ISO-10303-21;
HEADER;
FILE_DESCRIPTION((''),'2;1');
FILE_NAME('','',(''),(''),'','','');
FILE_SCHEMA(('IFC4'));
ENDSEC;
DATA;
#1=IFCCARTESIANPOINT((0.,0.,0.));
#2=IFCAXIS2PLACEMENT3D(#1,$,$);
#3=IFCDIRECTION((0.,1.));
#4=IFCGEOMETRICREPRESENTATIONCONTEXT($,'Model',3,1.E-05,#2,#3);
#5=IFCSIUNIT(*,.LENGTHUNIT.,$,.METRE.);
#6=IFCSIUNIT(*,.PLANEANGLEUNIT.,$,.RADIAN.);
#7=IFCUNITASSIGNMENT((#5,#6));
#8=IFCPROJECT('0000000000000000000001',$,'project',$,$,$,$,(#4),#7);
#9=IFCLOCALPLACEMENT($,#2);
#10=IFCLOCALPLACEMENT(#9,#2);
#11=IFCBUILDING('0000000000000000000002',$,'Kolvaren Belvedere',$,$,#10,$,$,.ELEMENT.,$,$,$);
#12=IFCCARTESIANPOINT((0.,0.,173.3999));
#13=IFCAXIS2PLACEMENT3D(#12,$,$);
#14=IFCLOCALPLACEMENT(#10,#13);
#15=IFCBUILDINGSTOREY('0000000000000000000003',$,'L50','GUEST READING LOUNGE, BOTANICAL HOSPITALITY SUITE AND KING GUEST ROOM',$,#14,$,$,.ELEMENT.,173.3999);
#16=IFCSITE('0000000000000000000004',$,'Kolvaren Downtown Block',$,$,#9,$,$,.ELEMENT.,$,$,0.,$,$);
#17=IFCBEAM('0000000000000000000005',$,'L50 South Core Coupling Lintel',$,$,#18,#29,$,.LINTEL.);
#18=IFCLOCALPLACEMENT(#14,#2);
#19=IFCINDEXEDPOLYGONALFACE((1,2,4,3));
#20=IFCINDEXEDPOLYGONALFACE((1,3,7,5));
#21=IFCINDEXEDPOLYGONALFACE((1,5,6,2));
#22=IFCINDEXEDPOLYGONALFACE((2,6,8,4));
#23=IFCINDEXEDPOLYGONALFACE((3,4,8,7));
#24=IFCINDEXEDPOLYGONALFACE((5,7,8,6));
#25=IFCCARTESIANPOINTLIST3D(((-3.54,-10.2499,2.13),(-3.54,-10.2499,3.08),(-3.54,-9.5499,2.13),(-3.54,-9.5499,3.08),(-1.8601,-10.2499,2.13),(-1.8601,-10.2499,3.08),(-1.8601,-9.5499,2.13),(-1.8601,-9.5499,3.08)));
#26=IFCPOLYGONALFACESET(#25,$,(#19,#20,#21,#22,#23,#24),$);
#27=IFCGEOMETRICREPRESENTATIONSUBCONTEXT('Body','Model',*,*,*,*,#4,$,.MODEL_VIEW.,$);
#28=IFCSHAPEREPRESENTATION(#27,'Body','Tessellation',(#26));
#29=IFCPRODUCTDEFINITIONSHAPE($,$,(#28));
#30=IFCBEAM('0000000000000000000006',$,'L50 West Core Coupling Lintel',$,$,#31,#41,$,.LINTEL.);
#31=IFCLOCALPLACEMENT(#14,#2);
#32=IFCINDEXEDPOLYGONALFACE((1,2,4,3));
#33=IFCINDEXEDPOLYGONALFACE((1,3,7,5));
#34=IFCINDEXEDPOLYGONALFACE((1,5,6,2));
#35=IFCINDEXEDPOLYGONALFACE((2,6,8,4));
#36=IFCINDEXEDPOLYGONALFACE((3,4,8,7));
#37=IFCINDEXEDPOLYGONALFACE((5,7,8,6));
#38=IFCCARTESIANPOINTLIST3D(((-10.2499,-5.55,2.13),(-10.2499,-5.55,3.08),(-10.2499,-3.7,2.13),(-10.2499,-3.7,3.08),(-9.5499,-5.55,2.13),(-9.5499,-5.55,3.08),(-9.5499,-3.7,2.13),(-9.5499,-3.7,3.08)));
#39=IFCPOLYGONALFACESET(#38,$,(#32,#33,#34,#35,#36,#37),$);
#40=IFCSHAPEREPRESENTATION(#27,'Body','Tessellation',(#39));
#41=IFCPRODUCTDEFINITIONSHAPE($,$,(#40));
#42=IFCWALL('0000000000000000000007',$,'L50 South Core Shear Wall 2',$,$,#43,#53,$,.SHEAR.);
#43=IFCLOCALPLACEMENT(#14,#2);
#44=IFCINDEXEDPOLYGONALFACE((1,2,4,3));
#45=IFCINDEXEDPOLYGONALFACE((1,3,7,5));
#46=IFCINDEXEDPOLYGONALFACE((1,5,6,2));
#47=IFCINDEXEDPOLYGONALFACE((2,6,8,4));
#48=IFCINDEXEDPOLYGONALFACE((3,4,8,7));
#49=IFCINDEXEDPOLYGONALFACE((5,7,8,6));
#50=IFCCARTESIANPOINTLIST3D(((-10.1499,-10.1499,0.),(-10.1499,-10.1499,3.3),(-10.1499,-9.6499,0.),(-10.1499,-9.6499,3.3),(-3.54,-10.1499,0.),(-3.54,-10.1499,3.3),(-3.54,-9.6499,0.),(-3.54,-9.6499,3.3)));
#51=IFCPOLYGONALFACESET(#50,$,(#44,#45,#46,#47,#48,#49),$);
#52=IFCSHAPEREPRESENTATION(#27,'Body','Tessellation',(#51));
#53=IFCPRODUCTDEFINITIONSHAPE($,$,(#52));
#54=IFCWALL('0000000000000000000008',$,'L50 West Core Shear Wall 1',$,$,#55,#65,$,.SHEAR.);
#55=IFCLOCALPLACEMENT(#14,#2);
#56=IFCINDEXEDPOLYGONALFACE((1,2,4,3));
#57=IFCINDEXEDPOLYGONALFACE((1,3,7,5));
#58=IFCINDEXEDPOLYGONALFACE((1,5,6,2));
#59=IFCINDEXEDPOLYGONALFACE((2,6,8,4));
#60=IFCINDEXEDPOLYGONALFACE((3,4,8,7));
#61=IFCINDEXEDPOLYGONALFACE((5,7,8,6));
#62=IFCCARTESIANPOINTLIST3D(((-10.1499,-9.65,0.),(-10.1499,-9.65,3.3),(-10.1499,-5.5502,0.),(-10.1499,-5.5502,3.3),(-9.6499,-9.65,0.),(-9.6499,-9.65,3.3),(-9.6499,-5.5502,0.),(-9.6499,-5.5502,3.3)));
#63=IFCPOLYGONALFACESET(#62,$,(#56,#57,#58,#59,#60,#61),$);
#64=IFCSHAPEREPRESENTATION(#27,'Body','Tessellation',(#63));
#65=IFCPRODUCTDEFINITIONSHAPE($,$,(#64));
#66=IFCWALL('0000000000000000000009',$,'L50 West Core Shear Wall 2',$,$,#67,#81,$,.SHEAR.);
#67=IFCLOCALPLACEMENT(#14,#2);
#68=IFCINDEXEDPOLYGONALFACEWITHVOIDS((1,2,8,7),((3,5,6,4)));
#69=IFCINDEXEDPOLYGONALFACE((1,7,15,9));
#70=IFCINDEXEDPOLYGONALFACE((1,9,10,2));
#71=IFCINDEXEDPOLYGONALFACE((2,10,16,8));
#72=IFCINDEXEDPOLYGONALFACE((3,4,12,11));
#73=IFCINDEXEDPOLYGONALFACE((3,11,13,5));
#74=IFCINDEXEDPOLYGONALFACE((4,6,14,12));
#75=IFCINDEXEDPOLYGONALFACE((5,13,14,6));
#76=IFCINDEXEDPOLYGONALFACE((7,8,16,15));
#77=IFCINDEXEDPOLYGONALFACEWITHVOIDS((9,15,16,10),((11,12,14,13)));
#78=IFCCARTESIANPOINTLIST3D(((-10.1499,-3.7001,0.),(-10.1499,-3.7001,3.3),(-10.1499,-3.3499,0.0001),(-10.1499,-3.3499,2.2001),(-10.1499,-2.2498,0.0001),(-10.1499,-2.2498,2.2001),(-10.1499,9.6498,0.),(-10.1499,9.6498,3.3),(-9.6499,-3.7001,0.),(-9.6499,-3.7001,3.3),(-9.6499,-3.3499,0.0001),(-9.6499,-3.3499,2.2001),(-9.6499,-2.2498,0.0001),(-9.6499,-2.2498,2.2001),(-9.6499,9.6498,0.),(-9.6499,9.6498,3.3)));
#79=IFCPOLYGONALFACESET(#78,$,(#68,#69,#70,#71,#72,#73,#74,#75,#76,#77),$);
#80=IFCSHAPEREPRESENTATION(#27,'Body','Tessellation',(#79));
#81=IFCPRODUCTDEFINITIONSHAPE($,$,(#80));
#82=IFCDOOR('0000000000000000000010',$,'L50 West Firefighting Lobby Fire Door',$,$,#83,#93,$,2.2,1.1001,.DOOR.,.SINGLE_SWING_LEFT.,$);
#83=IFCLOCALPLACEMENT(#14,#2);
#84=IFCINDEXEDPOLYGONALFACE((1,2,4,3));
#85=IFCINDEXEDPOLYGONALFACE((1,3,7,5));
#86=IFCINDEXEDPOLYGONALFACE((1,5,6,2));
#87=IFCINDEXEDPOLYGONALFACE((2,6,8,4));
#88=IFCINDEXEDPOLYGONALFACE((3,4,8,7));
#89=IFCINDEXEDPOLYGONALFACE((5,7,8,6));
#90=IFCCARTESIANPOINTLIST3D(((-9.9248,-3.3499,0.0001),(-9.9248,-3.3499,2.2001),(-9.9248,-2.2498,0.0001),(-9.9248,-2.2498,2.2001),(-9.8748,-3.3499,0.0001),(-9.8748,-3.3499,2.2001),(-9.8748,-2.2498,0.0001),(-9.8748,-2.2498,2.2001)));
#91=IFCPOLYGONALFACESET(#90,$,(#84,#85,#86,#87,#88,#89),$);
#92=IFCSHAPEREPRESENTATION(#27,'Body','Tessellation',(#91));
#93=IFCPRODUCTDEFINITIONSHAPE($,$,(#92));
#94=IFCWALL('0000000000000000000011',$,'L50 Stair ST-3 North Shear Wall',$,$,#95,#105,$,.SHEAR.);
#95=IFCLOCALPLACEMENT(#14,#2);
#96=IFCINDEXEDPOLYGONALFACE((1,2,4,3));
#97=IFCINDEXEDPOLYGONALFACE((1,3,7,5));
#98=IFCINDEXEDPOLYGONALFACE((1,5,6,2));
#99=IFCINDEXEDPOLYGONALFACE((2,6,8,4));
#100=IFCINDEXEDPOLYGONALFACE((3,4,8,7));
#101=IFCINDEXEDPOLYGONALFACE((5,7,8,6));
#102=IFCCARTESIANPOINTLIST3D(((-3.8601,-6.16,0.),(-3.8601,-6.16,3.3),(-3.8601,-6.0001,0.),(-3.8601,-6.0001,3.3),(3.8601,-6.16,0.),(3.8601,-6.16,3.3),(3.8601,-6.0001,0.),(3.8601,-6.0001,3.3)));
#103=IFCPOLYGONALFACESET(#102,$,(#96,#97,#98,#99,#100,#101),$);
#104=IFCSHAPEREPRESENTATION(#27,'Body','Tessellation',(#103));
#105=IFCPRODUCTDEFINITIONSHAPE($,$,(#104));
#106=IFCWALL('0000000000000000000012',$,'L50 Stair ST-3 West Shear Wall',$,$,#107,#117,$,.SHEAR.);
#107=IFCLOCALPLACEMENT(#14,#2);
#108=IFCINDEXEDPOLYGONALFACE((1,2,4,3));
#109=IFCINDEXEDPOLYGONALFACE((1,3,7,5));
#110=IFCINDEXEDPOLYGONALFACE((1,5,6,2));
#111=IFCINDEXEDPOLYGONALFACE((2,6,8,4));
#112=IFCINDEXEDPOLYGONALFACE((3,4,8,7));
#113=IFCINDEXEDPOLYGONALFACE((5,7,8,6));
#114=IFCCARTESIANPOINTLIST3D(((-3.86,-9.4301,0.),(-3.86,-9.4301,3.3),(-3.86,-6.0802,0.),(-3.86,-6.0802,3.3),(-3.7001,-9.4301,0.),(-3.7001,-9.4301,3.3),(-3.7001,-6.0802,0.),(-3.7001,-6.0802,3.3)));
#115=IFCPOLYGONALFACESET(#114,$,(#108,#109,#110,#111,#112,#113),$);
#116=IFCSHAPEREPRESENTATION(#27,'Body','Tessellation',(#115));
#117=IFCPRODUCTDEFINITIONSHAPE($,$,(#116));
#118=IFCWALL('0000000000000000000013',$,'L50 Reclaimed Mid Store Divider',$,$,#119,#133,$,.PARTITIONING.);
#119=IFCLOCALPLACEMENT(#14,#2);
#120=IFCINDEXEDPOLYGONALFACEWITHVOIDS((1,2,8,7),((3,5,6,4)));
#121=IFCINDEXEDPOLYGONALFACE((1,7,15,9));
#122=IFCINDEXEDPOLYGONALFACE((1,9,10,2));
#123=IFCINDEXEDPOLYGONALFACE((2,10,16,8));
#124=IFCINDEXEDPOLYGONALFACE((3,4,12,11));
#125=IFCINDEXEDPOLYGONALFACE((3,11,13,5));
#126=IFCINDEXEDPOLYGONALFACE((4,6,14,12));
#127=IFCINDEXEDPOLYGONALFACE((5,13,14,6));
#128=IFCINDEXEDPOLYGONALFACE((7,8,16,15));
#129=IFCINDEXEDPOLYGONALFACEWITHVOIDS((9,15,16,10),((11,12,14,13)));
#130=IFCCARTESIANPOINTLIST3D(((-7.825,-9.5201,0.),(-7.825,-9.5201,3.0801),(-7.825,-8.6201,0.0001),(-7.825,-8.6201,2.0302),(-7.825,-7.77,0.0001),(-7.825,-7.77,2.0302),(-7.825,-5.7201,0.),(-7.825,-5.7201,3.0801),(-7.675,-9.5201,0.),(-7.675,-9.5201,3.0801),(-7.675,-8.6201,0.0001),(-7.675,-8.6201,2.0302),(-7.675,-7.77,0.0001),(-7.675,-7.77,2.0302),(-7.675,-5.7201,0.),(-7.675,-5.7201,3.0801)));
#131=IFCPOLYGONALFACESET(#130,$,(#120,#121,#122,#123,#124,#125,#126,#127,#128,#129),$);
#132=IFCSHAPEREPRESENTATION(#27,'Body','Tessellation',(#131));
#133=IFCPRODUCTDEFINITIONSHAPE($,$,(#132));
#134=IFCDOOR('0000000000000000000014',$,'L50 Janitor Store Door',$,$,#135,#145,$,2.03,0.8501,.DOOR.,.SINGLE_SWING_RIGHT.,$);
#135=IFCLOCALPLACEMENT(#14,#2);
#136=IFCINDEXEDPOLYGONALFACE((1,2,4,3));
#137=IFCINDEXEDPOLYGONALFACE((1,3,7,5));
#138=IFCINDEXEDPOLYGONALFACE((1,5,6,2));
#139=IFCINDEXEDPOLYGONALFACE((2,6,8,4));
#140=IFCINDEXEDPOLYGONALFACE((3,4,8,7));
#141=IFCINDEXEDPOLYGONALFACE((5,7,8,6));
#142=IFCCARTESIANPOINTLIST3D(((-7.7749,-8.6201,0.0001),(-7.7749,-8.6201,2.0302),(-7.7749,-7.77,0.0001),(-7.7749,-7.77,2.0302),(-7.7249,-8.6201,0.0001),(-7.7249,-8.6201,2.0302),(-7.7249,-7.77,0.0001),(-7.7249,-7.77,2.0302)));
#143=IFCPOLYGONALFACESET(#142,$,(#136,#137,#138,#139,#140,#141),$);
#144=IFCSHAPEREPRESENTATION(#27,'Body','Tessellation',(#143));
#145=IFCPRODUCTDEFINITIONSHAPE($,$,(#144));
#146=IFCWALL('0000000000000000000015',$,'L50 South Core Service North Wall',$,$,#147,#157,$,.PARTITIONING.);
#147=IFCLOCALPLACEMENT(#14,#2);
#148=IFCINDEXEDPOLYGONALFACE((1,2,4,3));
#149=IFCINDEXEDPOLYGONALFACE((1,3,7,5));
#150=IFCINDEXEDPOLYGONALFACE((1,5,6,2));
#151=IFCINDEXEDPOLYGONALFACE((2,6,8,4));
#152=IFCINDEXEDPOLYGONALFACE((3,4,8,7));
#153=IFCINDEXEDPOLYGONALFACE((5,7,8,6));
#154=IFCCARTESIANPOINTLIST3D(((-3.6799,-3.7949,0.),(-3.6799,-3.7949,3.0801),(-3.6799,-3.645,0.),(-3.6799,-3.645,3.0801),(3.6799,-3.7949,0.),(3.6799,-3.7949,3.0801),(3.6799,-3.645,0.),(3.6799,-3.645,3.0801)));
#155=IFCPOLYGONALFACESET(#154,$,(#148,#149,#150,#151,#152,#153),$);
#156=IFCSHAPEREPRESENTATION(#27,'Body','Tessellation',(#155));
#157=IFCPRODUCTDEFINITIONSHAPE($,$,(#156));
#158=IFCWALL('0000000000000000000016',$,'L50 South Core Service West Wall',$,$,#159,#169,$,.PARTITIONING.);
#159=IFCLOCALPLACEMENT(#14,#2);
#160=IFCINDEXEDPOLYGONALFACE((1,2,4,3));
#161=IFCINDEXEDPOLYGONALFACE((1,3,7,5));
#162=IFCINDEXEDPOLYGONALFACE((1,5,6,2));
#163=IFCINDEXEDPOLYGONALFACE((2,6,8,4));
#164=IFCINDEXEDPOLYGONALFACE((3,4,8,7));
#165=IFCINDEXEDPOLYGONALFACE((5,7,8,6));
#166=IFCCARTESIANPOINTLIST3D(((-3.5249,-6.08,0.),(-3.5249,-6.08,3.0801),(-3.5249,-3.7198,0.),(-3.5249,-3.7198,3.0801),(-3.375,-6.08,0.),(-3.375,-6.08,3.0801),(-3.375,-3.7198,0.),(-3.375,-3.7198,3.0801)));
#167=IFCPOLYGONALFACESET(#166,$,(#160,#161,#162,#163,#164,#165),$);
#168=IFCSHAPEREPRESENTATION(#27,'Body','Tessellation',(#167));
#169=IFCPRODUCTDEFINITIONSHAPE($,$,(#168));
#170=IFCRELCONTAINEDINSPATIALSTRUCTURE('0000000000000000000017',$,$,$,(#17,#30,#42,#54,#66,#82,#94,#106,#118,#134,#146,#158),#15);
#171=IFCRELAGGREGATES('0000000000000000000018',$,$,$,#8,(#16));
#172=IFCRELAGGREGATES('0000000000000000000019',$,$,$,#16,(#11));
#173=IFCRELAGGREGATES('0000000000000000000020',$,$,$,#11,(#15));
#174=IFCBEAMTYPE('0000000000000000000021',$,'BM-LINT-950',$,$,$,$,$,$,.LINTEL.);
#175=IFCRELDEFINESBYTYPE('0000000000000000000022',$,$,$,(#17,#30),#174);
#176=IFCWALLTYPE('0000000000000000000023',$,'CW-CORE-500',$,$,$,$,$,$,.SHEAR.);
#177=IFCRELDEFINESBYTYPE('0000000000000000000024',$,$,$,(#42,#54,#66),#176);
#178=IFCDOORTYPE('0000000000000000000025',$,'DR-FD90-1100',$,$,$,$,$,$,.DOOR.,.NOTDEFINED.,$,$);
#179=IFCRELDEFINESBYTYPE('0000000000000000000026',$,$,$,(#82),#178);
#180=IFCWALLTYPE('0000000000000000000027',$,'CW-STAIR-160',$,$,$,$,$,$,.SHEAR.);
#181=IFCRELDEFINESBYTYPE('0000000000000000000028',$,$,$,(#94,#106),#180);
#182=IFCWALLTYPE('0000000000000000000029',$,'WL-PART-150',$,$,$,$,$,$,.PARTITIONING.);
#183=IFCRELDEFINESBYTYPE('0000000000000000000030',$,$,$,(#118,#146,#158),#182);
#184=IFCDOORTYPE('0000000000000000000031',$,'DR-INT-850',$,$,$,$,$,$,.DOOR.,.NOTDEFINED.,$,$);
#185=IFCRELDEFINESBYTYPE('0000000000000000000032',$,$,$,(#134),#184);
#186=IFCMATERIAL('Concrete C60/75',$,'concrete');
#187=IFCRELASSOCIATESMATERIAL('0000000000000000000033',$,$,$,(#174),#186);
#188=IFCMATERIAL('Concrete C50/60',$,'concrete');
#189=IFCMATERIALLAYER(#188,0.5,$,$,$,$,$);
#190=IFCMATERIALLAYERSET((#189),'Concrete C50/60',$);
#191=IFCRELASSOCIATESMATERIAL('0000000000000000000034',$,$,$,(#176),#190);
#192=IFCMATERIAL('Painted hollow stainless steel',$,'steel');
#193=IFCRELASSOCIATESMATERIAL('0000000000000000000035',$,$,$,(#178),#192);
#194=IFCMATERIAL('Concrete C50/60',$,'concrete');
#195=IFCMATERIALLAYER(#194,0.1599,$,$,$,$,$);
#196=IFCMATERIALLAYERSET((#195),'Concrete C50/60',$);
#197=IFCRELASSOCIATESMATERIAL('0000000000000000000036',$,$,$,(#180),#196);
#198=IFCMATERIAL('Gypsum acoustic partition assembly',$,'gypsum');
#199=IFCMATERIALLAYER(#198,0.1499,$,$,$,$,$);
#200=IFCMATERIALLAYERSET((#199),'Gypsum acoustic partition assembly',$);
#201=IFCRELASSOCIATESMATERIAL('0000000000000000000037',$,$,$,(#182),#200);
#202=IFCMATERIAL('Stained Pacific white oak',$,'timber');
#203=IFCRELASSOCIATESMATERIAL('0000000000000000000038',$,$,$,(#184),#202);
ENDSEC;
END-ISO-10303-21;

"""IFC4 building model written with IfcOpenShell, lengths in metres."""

from ifc_helpers import new_model, si_unit, direction, frame, frame_2d, origin, origin_2d, place, context, subcontext, project, spatial, rectangle, extrude, material, layer, layer_set, material_profile, profile_set, type_object, element, fill, save


model = new_model("IFC4")

# Units and contexts
model_context = context("Model", 3, precision=1e-05, world=origin(), true_north=direction((0.0, 1.0)))
body_context = subcontext(model_context, "Body", "Model", "MODEL_VIEW")
ifc_project = project(units=[si_unit("LENGTHUNIT", "METRE"), si_unit("PLANEANGLEUNIT", "RADIAN")], contexts=[model_context])

# Site, building, storey
site_placement = place(None, origin())
site = spatial("IfcSite", under=ifc_project, at=site_placement, Name="Kolvaren Downtown Block", CompositionType="ELEMENT", RefElevation=0.0)
building_placement = place(site_placement, origin())
building = spatial("IfcBuilding", under=site, at=building_placement, Name="Kolvaren Belvedere", CompositionType="ELEMENT")
storey_placement = place(building_placement, frame((0.0, 0.0, 173.3999)))
storey = spatial("IfcBuildingStorey", under=building, at=storey_placement, Name="L50", Description="GUEST READING LOUNGE, BOTANICAL HOSPITALITY SUITE AND KING GUEST ROOM", CompositionType="ELEMENT", Elevation=173.3999)

# Beams
ifc_material_1 = material(Name="Concrete C60/75", Category="concrete")
ifc_material_profile_1 = material_profile(ifc_material_1, rectangle(XDim=0.7, YDim=0.95, at=origin_2d()), Name="RC 700X950")
ifc_profile_set_1 = profile_set([ifc_material_profile_1], Name="Concrete C60/75")
beam_type_1 = type_object("IfcBeamType", Name="BM-LINT-950", PredefinedType="LINTEL", material=ifc_profile_set_1)
beam_1_placement = place(storey_placement, frame((-3.54, -9.8999, 2.605), z_axis=(1.0, 0.0, 0.0), x_axis=(0.0, 1.0, 0.0)))
element("IfcBeam", 1, at=beam_1_placement, inside=storey, type_object=beam_type_1, Name="L50 South Core Coupling Lintel", PredefinedType="LINTEL", context=body_context, shape_type="SweptSolid", body=[
    extrude(rectangle(XDim=0.7, YDim=0.95, at=origin_2d()), origin(), (0.0, 0.0, 1.0), 1.6799),
])
beam_2_placement = place(storey_placement, frame((-9.8999, -5.55, 2.605), z_axis=(0.0, 1.0, 0.0), x_axis=(-1.0, 0.0, 0.0)))
element("IfcBeam", 2, at=beam_2_placement, inside=storey, type_object=beam_type_1, Name="L50 West Core Coupling Lintel", PredefinedType="LINTEL", context=body_context, shape_type="SweptSolid", body=[
    extrude(rectangle(XDim=0.7, YDim=0.95, at=origin_2d()), origin(), (0.0, 0.0, 1.0), 1.8501),
])

# Walls
ifc_material_2 = material(Name="Concrete C50/60", Category="concrete")
ifc_layer_1 = layer(ifc_material_2, 0.5)
ifc_layer_set_1 = layer_set([ifc_layer_1], Name="Concrete C50/60")
wall_type_1 = type_object("IfcWallType", Name="CW-CORE-500", PredefinedType="SHEAR", material=ifc_layer_set_1)
wall_1_placement = place(storey_placement, frame((-3.54, -9.8999, 0.0), z_axis=(0.0, 0.0, 1.0), x_axis=(-1.0, 0.0, 0.0)))
element("IfcWall", 3, at=wall_1_placement, inside=storey, type_object=wall_type_1, Name="L50 South Core Shear Wall 2", PredefinedType="SHEAR", context=body_context, shape_type="SweptSolid", body=[
    extrude(rectangle(XDim=6.6099, YDim=0.5, at=frame_2d((3.3049, 0.0))), origin(), (0.0, 0.0, 1.0), 3.3),
])
wall_2_placement = place(storey_placement, frame((-9.8999, -9.6499, 0.0), z_axis=(0.0, 0.0, 1.0), x_axis=(0.0, 1.0, 0.0)))
element("IfcWall", 4, at=wall_2_placement, inside=storey, type_object=wall_type_1, Name="L50 West Core Shear Wall 1", PredefinedType="SHEAR", context=body_context, shape_type="SweptSolid", body=[
    extrude(rectangle(XDim=4.0999, YDim=0.5, at=frame_2d((2.0498, 0.0))), origin(), (0.0, 0.0, 1.0), 3.3),
])

# Wall, opening, door
wall_3_placement = place(storey_placement, frame((-9.8999, -3.7, 0.0), z_axis=(0.0, 0.0, 1.0), x_axis=(0.0, 1.0, 0.0)))
wall_3 = element("IfcWall", 5, at=wall_3_placement, inside=storey, type_object=wall_type_1, Name="L50 West Core Shear Wall 2", PredefinedType="SHEAR", context=body_context, shape_type="SweptSolid", body=[
    extrude(rectangle(XDim=13.3499, YDim=0.5, at=frame_2d((6.6748, 0.0))), origin(), (0.0, 0.0, 1.0), 3.3),
])
opening_1_placement = place(wall_3_placement, frame((0.3501, 0.0, 0.0)))
opening_1 = element("IfcOpeningElement", 6, at=opening_1_placement, cuts=wall_3, PredefinedType="OPENING", context=body_context, shape_type="SweptSolid", body=[
    extrude(rectangle(XDim=1.1001, YDim=2.2, at=frame_2d((0.55, 1.1001))), frame((0.0, 0.26, 0.0), z_axis=(0.0, -1.0, 0.0), x_axis=(1.0, 0.0, 0.0)), (0.0, 0.0, 1.0), 0.52),
])
ifc_material_3 = material(Name="Painted hollow stainless steel", Category="steel")
door_type_1 = type_object("IfcDoorType", Name="DR-FD90-1100", OperationType="NOTDEFINED", PredefinedType="DOOR", material=ifc_material_3)
door_1_placement = place(opening_1_placement, origin())
door_1 = element("IfcDoor", 7, at=door_1_placement, inside=storey, type_object=door_type_1, Name="L50 West Firefighting Lobby Fire Door", OperationType="SINGLE_SWING_LEFT", OverallHeight=2.2, OverallWidth=1.1001, PredefinedType="DOOR", context=body_context, shape_type="SweptSolid", body=[
    extrude(rectangle(XDim=1.1001, YDim=2.2, at=frame_2d((0.55, 1.1001))), frame((0.0, 0.0249, 0.0), z_axis=(0.0, -1.0, 0.0), x_axis=(1.0, 0.0, 0.0)), (0.0, 0.0, 1.0), 0.05),
])
fill(opening_1, door_1)

# Walls
ifc_material_4 = material(Name="Concrete C50/60", Category="concrete")
ifc_layer_2 = layer(ifc_material_4, 0.1599)
ifc_layer_set_2 = layer_set([ifc_layer_2], Name="Concrete C50/60")
wall_type_2 = type_object("IfcWallType", Name="CW-STAIR-160", PredefinedType="SHEAR", material=ifc_layer_set_2)
wall_4_placement = place(storey_placement, frame((-3.8601, -6.0801, 0.0), z_axis=(0.0, 0.0, 1.0), x_axis=(1.0, 0.0, 0.0)))
element("IfcWall", 8, at=wall_4_placement, inside=storey, type_object=wall_type_2, Name="L50 Stair ST-3 North Shear Wall", PredefinedType="SHEAR", context=body_context, shape_type="SweptSolid", body=[
    extrude(rectangle(XDim=7.7202, YDim=0.1599, at=frame_2d((3.8601, 0.0))), origin(), (0.0, 0.0, 1.0), 3.3),
])
wall_5_placement = place(storey_placement, frame((-3.78, -9.4299, 0.0), z_axis=(0.0, 0.0, 1.0), x_axis=(0.0, 1.0, 0.0)))
element("IfcWall", 9, at=wall_5_placement, inside=storey, type_object=wall_type_2, Name="L50 Stair ST-3 West Shear Wall", PredefinedType="SHEAR", context=body_context, shape_type="SweptSolid", body=[
    extrude(rectangle(XDim=3.3499, YDim=0.1599, at=frame_2d((1.6748, 0.0))), origin(), (0.0, 0.0, 1.0), 3.3),
])

# Wall, opening, door
ifc_material_5 = material(Name="Gypsum acoustic partition assembly", Category="gypsum")
ifc_layer_3 = layer(ifc_material_5, 0.1499)
ifc_layer_set_3 = layer_set([ifc_layer_3], Name="Gypsum acoustic partition assembly")
wall_type_3 = type_object("IfcWallType", Name="WL-PART-150", PredefinedType="PARTITIONING", material=ifc_layer_set_3)
wall_6_placement = place(storey_placement, frame((-7.75, -9.52, 0.0), z_axis=(0.0, 0.0, 1.0), x_axis=(0.0, 1.0, 0.0)))
wall_6 = element("IfcWall", 10, at=wall_6_placement, inside=storey, type_object=wall_type_3, Name="L50 Reclaimed Mid Store Divider", PredefinedType="PARTITIONING", context=body_context, shape_type="SweptSolid", body=[
    extrude(rectangle(XDim=3.8, YDim=0.1499, at=frame_2d((1.8999, 0.0))), origin(), (0.0, 0.0, 1.0), 3.0801),
])
opening_2_placement = place(wall_6_placement, frame((0.8999, 0.0, 0.0)))
opening_2 = element("IfcOpeningElement", 11, at=opening_2_placement, cuts=wall_6, PredefinedType="OPENING", context=body_context, shape_type="SweptSolid", body=[
    extrude(rectangle(XDim=0.8501, YDim=2.03, at=frame_2d((0.425, 1.0151))), frame((0.0, 0.085, 0.0), z_axis=(0.0, -1.0, 0.0), x_axis=(1.0, 0.0, 0.0)), (0.0, 0.0, 1.0), 0.1699),
])
ifc_material_6 = material(Name="Stained Pacific white oak", Category="timber")
door_type_2 = type_object("IfcDoorType", Name="DR-INT-850", OperationType="NOTDEFINED", PredefinedType="DOOR", material=ifc_material_6)
door_2_placement = place(opening_2_placement, origin())
door_2 = element("IfcDoor", 12, at=door_2_placement, inside=storey, type_object=door_type_2, Name="L50 Janitor Store Door", OperationType="SINGLE_SWING_RIGHT", OverallHeight=2.03, OverallWidth=0.8501, PredefinedType="DOOR", context=body_context, shape_type="SweptSolid", body=[
    extrude(rectangle(XDim=0.8501, YDim=2.03, at=frame_2d((0.425, 1.0151))), frame((0.0, 0.0249, 0.0), z_axis=(0.0, -1.0, 0.0), x_axis=(1.0, 0.0, 0.0)), (0.0, 0.0, 1.0), 0.05),
])
fill(opening_2, door_2)

# Walls
wall_7_placement = place(storey_placement, frame((-3.6799, -3.72, 0.0), z_axis=(0.0, 0.0, 1.0), x_axis=(1.0, 0.0, 0.0)))
element("IfcWall", 13, at=wall_7_placement, inside=storey, type_object=wall_type_3, Name="L50 South Core Service North Wall", PredefinedType="PARTITIONING", context=body_context, shape_type="SweptSolid", body=[
    extrude(rectangle(XDim=7.3599, YDim=0.1499, at=frame_2d((3.6799, 0.0))), origin(), (0.0, 0.0, 1.0), 3.0801),
])
wall_8_placement = place(storey_placement, frame((-3.45, -6.0801, 0.0), z_axis=(0.0, 0.0, 1.0), x_axis=(0.0, 1.0, 0.0)))
element("IfcWall", 14, at=wall_8_placement, inside=storey, type_object=wall_type_3, Name="L50 South Core Service West Wall", PredefinedType="PARTITIONING", context=body_context, shape_type="SweptSolid", body=[
    extrude(rectangle(XDim=2.3601, YDim=0.1499, at=frame_2d((1.1802, 0.0))), origin(), (0.0, 0.0, 1.0), 3.0801),
])

save(model, "model.ifc")
